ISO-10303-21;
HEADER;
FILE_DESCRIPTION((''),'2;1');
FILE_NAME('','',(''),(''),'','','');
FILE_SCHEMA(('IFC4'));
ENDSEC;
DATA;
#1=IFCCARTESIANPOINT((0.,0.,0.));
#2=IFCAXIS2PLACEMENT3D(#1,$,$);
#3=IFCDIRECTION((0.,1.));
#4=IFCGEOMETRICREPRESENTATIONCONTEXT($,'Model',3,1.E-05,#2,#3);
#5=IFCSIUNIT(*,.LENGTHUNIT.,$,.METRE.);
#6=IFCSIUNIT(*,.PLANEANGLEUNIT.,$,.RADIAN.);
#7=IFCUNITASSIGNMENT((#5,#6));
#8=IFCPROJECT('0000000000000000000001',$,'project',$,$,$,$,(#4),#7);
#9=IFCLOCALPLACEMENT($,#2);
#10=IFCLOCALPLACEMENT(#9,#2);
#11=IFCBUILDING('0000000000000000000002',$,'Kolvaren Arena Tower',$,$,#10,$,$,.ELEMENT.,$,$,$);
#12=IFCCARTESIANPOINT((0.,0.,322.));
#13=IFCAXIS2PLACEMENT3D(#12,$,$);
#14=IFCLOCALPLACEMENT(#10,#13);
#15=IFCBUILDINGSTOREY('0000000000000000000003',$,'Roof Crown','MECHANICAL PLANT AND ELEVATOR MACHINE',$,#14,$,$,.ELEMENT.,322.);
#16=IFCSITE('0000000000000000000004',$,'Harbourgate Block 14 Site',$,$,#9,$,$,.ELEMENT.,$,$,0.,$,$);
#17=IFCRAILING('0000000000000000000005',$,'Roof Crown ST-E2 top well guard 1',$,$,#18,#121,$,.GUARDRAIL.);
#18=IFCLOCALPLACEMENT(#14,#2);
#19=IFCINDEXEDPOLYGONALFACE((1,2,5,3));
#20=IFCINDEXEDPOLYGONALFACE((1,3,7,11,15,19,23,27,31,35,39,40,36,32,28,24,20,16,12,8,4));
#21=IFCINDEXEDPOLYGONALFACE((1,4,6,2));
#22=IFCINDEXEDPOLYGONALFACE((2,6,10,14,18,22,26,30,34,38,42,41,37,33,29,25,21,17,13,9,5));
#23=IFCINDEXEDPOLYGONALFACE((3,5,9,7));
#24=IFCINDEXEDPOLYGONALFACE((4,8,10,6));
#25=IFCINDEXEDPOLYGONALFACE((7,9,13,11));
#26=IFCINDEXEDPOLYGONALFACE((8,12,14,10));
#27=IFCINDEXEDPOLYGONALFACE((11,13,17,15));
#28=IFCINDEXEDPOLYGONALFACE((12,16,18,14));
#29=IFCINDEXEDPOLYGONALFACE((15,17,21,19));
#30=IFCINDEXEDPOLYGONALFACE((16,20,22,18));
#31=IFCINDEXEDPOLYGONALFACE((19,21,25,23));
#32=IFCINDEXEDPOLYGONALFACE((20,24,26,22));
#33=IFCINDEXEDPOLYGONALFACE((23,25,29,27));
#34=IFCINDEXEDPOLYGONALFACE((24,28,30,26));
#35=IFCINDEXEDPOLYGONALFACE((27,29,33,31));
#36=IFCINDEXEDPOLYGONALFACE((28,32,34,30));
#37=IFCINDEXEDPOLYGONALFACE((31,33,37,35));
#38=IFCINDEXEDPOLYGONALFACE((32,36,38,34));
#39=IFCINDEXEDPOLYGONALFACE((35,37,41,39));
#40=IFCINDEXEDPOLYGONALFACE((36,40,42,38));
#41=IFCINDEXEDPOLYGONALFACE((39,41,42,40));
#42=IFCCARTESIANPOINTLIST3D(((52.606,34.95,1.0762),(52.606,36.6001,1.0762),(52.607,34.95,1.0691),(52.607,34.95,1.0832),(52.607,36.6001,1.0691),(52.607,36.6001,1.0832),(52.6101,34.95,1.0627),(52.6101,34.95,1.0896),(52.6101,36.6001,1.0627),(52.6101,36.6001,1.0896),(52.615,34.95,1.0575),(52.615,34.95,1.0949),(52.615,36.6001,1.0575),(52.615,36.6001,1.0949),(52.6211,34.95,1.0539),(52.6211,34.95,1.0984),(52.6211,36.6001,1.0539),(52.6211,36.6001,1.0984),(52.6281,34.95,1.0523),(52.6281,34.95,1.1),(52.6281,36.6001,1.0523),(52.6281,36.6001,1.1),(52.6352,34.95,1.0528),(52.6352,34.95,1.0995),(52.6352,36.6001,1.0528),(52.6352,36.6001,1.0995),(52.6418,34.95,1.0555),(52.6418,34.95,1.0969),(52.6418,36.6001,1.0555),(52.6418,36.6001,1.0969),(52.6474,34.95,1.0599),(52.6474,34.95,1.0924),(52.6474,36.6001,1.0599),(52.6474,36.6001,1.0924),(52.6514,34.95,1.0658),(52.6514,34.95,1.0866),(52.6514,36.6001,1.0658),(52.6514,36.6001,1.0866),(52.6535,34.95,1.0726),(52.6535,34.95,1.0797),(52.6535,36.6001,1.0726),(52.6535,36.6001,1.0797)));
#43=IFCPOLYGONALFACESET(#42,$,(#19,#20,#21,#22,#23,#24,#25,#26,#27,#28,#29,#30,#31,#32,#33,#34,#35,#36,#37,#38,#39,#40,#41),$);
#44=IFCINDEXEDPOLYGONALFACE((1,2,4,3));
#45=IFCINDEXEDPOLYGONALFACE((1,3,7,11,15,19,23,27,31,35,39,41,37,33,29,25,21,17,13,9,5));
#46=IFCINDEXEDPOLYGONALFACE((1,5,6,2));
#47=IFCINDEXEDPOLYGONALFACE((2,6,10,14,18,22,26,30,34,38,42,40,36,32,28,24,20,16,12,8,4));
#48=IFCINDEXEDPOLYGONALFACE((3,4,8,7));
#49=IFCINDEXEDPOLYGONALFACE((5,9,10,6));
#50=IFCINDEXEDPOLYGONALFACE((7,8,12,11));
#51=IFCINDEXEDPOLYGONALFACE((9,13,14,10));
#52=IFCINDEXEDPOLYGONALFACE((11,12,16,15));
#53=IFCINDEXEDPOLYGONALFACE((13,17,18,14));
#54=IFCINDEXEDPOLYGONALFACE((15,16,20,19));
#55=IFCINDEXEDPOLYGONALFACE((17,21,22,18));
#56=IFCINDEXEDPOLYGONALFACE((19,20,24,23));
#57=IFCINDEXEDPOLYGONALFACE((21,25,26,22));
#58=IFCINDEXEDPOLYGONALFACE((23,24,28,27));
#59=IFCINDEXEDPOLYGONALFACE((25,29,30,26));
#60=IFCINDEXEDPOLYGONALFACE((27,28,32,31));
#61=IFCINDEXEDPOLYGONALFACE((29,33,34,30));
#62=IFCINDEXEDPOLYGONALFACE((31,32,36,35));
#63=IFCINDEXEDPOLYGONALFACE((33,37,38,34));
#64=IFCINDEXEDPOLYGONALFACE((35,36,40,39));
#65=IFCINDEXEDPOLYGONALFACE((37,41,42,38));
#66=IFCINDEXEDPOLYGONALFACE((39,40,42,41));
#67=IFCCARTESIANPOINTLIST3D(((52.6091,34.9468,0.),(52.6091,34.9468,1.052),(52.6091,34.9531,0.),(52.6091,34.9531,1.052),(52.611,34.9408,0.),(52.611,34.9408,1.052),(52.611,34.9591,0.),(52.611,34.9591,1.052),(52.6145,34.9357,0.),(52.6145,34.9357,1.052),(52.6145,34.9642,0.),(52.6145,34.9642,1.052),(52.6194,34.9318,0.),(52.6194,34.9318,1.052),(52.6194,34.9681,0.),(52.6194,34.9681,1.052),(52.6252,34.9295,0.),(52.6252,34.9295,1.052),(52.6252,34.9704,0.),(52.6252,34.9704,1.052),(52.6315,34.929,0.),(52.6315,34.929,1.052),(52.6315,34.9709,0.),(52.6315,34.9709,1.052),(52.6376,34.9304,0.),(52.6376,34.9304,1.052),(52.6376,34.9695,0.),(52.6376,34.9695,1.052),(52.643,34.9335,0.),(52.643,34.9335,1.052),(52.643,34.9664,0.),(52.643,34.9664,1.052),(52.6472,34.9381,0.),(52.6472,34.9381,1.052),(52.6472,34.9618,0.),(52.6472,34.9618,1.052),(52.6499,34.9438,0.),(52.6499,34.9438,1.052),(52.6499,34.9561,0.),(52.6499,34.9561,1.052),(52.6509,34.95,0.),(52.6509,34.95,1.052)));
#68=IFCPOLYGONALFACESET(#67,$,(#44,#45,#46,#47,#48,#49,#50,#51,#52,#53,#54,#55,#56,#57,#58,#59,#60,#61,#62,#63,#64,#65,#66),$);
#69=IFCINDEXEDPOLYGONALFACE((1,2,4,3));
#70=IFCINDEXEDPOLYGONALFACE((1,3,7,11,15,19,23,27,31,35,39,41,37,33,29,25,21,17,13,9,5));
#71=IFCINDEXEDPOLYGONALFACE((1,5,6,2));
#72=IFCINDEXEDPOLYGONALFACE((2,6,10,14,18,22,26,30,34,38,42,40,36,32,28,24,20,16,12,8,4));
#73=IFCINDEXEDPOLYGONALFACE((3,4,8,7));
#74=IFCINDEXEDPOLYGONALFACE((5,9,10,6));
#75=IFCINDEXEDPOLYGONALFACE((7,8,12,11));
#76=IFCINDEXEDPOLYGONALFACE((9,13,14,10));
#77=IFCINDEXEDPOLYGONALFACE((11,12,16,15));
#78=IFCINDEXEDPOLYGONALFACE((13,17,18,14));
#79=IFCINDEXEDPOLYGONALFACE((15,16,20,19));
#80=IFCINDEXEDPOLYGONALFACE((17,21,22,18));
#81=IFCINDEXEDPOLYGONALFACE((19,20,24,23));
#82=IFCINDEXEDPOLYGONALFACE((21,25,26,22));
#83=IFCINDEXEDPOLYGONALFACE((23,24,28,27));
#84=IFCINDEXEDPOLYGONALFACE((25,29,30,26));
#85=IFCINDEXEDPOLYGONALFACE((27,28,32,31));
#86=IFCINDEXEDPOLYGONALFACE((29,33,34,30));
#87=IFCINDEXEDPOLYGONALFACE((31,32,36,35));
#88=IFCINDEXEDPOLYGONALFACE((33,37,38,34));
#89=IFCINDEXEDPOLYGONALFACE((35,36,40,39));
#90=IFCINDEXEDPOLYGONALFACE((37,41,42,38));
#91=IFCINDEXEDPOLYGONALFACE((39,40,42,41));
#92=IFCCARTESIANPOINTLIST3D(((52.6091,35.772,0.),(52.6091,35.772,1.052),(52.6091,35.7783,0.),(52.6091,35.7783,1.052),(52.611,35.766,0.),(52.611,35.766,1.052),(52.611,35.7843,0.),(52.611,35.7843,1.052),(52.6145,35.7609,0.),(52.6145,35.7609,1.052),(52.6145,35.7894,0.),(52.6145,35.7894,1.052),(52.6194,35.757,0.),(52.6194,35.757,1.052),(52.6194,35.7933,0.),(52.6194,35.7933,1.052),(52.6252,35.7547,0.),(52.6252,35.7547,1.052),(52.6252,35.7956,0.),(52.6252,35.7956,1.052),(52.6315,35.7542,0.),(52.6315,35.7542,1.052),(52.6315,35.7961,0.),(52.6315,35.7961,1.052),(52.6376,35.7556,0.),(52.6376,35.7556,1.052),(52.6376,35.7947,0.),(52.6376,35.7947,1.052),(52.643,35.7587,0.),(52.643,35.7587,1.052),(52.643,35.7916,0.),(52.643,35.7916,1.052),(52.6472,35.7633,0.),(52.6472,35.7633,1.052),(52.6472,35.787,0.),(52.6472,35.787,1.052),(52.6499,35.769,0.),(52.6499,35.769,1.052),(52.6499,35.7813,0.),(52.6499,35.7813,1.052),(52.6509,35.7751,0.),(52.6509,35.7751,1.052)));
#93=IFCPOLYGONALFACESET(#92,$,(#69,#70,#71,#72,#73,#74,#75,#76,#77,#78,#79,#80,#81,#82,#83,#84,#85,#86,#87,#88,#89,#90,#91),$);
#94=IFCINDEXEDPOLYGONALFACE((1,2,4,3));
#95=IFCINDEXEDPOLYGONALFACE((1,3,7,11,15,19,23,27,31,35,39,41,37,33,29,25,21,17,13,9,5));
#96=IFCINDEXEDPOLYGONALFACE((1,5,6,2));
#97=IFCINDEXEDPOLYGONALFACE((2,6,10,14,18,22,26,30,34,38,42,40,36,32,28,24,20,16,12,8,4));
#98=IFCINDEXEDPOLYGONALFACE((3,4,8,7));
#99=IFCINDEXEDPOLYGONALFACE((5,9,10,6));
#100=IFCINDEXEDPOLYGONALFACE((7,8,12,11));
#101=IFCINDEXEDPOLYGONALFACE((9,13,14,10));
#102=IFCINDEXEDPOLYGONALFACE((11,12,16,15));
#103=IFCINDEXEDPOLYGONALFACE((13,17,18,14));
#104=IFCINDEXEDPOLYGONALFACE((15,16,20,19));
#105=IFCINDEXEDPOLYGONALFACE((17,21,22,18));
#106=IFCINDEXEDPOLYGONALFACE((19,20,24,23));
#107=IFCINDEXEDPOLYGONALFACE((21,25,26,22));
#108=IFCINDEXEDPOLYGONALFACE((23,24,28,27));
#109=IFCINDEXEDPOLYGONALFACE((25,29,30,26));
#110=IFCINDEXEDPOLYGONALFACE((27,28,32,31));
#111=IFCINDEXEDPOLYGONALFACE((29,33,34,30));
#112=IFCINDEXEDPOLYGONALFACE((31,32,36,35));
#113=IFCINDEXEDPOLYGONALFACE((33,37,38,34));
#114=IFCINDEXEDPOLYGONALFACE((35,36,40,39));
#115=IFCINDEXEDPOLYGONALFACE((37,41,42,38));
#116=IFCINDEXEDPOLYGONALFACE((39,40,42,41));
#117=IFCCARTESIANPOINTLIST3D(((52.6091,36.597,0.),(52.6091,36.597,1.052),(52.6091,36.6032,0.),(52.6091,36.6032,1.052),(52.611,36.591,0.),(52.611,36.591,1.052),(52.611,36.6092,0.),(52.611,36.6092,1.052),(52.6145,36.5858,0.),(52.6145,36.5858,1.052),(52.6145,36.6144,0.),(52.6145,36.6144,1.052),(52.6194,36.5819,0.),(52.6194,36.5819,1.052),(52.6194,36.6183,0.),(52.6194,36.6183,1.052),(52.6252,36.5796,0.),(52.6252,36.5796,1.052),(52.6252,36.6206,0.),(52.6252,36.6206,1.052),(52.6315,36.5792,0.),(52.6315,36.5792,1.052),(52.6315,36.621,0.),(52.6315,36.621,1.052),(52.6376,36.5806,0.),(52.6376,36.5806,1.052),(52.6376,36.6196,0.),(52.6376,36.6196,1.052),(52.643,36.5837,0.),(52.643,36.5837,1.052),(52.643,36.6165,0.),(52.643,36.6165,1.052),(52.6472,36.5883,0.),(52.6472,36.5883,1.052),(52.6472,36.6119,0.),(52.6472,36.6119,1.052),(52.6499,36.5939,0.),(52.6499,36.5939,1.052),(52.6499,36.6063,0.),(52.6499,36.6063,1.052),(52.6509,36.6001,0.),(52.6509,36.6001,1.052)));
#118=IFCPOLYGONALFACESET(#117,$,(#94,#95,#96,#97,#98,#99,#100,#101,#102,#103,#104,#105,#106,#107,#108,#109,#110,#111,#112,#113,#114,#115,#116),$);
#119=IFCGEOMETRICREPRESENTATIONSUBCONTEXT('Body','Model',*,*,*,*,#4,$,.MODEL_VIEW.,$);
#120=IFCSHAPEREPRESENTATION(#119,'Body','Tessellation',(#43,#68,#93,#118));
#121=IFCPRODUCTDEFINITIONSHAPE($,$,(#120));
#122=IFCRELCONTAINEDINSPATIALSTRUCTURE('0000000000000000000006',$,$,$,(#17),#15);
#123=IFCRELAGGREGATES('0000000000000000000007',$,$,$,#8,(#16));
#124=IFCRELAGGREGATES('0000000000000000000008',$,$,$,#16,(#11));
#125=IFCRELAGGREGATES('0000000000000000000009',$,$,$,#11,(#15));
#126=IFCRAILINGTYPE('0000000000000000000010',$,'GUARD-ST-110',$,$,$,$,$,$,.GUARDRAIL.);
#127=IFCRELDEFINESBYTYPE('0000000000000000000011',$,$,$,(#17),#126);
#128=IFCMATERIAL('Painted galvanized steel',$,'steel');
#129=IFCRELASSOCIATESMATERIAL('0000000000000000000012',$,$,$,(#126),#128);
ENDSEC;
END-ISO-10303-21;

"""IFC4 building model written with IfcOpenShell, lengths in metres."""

from ifc_helpers import new_model, si_unit, direction, frame, origin, origin_2d, place, context, subcontext, project, spatial, circle, extrude, material, type_object, element, save


model = new_model("IFC4")

# Units and contexts
model_context = context("Model", 3, precision=1e-05, world=origin(), true_north=direction((0.0, 1.0)))
body_context = subcontext(model_context, "Body", "Model", "MODEL_VIEW")
ifc_project = project(units=[si_unit("LENGTHUNIT", "METRE"), si_unit("PLANEANGLEUNIT", "RADIAN")], contexts=[model_context])

# Site, building, storey
site_placement = place(None, origin())
site = spatial("IfcSite", under=ifc_project, at=site_placement, Name="Harbourgate Block 14 Site", CompositionType="ELEMENT", RefElevation=0.0)
building_placement = place(site_placement, origin())
building = spatial("IfcBuilding", under=site, at=building_placement, Name="Kolvaren Arena Tower", CompositionType="ELEMENT")
storey_placement = place(building_placement, frame((0.0, 0.0, 322.0)))
storey = spatial("IfcBuildingStorey", under=building, at=storey_placement, Name="Roof Crown", Description="MECHANICAL PLANT AND ELEVATOR MACHINE", CompositionType="ELEMENT", Elevation=322.0)

# Railing
ifc_material_1 = material(Name="Painted galvanized steel", Category="steel")
railing_type = type_object("IfcRailingType", Name="GUARD-ST-110", PredefinedType="GUARDRAIL", material=ifc_material_1)
railing_1_placement = place(storey_placement, frame((52.6299, 34.95, 0.0)))
element("IfcRailing", 1, at=railing_1_placement, inside=storey, type_object=railing_type, Name="Roof Crown ST-E2 top well guard 1", PredefinedType="GUARDRAIL", context=body_context, shape_type="SweptSolid", body=[
    extrude(circle(Radius=0.0239, at=origin_2d()), frame((0.0, 0.0, 1.0762), z_axis=(0.0, 1.0, 0.0), x_axis=(-1.0, 0.0, 0.0)), (0.0, 0.0, 1.0), 1.6501),
    extrude(circle(Radius=0.021, at=origin_2d()), origin(), (0.0, 0.0, 1.0), 1.052),
    extrude(circle(Radius=0.021, at=origin_2d()), frame((0.0, 0.8252, 0.0)), (0.0, 0.0, 1.0), 1.052),
    extrude(circle(Radius=0.021, at=origin_2d()), frame((0.0, 1.6501, 0.0)), (0.0, 0.0, 1.0), 1.052),
])

save(model, "model.ifc")
